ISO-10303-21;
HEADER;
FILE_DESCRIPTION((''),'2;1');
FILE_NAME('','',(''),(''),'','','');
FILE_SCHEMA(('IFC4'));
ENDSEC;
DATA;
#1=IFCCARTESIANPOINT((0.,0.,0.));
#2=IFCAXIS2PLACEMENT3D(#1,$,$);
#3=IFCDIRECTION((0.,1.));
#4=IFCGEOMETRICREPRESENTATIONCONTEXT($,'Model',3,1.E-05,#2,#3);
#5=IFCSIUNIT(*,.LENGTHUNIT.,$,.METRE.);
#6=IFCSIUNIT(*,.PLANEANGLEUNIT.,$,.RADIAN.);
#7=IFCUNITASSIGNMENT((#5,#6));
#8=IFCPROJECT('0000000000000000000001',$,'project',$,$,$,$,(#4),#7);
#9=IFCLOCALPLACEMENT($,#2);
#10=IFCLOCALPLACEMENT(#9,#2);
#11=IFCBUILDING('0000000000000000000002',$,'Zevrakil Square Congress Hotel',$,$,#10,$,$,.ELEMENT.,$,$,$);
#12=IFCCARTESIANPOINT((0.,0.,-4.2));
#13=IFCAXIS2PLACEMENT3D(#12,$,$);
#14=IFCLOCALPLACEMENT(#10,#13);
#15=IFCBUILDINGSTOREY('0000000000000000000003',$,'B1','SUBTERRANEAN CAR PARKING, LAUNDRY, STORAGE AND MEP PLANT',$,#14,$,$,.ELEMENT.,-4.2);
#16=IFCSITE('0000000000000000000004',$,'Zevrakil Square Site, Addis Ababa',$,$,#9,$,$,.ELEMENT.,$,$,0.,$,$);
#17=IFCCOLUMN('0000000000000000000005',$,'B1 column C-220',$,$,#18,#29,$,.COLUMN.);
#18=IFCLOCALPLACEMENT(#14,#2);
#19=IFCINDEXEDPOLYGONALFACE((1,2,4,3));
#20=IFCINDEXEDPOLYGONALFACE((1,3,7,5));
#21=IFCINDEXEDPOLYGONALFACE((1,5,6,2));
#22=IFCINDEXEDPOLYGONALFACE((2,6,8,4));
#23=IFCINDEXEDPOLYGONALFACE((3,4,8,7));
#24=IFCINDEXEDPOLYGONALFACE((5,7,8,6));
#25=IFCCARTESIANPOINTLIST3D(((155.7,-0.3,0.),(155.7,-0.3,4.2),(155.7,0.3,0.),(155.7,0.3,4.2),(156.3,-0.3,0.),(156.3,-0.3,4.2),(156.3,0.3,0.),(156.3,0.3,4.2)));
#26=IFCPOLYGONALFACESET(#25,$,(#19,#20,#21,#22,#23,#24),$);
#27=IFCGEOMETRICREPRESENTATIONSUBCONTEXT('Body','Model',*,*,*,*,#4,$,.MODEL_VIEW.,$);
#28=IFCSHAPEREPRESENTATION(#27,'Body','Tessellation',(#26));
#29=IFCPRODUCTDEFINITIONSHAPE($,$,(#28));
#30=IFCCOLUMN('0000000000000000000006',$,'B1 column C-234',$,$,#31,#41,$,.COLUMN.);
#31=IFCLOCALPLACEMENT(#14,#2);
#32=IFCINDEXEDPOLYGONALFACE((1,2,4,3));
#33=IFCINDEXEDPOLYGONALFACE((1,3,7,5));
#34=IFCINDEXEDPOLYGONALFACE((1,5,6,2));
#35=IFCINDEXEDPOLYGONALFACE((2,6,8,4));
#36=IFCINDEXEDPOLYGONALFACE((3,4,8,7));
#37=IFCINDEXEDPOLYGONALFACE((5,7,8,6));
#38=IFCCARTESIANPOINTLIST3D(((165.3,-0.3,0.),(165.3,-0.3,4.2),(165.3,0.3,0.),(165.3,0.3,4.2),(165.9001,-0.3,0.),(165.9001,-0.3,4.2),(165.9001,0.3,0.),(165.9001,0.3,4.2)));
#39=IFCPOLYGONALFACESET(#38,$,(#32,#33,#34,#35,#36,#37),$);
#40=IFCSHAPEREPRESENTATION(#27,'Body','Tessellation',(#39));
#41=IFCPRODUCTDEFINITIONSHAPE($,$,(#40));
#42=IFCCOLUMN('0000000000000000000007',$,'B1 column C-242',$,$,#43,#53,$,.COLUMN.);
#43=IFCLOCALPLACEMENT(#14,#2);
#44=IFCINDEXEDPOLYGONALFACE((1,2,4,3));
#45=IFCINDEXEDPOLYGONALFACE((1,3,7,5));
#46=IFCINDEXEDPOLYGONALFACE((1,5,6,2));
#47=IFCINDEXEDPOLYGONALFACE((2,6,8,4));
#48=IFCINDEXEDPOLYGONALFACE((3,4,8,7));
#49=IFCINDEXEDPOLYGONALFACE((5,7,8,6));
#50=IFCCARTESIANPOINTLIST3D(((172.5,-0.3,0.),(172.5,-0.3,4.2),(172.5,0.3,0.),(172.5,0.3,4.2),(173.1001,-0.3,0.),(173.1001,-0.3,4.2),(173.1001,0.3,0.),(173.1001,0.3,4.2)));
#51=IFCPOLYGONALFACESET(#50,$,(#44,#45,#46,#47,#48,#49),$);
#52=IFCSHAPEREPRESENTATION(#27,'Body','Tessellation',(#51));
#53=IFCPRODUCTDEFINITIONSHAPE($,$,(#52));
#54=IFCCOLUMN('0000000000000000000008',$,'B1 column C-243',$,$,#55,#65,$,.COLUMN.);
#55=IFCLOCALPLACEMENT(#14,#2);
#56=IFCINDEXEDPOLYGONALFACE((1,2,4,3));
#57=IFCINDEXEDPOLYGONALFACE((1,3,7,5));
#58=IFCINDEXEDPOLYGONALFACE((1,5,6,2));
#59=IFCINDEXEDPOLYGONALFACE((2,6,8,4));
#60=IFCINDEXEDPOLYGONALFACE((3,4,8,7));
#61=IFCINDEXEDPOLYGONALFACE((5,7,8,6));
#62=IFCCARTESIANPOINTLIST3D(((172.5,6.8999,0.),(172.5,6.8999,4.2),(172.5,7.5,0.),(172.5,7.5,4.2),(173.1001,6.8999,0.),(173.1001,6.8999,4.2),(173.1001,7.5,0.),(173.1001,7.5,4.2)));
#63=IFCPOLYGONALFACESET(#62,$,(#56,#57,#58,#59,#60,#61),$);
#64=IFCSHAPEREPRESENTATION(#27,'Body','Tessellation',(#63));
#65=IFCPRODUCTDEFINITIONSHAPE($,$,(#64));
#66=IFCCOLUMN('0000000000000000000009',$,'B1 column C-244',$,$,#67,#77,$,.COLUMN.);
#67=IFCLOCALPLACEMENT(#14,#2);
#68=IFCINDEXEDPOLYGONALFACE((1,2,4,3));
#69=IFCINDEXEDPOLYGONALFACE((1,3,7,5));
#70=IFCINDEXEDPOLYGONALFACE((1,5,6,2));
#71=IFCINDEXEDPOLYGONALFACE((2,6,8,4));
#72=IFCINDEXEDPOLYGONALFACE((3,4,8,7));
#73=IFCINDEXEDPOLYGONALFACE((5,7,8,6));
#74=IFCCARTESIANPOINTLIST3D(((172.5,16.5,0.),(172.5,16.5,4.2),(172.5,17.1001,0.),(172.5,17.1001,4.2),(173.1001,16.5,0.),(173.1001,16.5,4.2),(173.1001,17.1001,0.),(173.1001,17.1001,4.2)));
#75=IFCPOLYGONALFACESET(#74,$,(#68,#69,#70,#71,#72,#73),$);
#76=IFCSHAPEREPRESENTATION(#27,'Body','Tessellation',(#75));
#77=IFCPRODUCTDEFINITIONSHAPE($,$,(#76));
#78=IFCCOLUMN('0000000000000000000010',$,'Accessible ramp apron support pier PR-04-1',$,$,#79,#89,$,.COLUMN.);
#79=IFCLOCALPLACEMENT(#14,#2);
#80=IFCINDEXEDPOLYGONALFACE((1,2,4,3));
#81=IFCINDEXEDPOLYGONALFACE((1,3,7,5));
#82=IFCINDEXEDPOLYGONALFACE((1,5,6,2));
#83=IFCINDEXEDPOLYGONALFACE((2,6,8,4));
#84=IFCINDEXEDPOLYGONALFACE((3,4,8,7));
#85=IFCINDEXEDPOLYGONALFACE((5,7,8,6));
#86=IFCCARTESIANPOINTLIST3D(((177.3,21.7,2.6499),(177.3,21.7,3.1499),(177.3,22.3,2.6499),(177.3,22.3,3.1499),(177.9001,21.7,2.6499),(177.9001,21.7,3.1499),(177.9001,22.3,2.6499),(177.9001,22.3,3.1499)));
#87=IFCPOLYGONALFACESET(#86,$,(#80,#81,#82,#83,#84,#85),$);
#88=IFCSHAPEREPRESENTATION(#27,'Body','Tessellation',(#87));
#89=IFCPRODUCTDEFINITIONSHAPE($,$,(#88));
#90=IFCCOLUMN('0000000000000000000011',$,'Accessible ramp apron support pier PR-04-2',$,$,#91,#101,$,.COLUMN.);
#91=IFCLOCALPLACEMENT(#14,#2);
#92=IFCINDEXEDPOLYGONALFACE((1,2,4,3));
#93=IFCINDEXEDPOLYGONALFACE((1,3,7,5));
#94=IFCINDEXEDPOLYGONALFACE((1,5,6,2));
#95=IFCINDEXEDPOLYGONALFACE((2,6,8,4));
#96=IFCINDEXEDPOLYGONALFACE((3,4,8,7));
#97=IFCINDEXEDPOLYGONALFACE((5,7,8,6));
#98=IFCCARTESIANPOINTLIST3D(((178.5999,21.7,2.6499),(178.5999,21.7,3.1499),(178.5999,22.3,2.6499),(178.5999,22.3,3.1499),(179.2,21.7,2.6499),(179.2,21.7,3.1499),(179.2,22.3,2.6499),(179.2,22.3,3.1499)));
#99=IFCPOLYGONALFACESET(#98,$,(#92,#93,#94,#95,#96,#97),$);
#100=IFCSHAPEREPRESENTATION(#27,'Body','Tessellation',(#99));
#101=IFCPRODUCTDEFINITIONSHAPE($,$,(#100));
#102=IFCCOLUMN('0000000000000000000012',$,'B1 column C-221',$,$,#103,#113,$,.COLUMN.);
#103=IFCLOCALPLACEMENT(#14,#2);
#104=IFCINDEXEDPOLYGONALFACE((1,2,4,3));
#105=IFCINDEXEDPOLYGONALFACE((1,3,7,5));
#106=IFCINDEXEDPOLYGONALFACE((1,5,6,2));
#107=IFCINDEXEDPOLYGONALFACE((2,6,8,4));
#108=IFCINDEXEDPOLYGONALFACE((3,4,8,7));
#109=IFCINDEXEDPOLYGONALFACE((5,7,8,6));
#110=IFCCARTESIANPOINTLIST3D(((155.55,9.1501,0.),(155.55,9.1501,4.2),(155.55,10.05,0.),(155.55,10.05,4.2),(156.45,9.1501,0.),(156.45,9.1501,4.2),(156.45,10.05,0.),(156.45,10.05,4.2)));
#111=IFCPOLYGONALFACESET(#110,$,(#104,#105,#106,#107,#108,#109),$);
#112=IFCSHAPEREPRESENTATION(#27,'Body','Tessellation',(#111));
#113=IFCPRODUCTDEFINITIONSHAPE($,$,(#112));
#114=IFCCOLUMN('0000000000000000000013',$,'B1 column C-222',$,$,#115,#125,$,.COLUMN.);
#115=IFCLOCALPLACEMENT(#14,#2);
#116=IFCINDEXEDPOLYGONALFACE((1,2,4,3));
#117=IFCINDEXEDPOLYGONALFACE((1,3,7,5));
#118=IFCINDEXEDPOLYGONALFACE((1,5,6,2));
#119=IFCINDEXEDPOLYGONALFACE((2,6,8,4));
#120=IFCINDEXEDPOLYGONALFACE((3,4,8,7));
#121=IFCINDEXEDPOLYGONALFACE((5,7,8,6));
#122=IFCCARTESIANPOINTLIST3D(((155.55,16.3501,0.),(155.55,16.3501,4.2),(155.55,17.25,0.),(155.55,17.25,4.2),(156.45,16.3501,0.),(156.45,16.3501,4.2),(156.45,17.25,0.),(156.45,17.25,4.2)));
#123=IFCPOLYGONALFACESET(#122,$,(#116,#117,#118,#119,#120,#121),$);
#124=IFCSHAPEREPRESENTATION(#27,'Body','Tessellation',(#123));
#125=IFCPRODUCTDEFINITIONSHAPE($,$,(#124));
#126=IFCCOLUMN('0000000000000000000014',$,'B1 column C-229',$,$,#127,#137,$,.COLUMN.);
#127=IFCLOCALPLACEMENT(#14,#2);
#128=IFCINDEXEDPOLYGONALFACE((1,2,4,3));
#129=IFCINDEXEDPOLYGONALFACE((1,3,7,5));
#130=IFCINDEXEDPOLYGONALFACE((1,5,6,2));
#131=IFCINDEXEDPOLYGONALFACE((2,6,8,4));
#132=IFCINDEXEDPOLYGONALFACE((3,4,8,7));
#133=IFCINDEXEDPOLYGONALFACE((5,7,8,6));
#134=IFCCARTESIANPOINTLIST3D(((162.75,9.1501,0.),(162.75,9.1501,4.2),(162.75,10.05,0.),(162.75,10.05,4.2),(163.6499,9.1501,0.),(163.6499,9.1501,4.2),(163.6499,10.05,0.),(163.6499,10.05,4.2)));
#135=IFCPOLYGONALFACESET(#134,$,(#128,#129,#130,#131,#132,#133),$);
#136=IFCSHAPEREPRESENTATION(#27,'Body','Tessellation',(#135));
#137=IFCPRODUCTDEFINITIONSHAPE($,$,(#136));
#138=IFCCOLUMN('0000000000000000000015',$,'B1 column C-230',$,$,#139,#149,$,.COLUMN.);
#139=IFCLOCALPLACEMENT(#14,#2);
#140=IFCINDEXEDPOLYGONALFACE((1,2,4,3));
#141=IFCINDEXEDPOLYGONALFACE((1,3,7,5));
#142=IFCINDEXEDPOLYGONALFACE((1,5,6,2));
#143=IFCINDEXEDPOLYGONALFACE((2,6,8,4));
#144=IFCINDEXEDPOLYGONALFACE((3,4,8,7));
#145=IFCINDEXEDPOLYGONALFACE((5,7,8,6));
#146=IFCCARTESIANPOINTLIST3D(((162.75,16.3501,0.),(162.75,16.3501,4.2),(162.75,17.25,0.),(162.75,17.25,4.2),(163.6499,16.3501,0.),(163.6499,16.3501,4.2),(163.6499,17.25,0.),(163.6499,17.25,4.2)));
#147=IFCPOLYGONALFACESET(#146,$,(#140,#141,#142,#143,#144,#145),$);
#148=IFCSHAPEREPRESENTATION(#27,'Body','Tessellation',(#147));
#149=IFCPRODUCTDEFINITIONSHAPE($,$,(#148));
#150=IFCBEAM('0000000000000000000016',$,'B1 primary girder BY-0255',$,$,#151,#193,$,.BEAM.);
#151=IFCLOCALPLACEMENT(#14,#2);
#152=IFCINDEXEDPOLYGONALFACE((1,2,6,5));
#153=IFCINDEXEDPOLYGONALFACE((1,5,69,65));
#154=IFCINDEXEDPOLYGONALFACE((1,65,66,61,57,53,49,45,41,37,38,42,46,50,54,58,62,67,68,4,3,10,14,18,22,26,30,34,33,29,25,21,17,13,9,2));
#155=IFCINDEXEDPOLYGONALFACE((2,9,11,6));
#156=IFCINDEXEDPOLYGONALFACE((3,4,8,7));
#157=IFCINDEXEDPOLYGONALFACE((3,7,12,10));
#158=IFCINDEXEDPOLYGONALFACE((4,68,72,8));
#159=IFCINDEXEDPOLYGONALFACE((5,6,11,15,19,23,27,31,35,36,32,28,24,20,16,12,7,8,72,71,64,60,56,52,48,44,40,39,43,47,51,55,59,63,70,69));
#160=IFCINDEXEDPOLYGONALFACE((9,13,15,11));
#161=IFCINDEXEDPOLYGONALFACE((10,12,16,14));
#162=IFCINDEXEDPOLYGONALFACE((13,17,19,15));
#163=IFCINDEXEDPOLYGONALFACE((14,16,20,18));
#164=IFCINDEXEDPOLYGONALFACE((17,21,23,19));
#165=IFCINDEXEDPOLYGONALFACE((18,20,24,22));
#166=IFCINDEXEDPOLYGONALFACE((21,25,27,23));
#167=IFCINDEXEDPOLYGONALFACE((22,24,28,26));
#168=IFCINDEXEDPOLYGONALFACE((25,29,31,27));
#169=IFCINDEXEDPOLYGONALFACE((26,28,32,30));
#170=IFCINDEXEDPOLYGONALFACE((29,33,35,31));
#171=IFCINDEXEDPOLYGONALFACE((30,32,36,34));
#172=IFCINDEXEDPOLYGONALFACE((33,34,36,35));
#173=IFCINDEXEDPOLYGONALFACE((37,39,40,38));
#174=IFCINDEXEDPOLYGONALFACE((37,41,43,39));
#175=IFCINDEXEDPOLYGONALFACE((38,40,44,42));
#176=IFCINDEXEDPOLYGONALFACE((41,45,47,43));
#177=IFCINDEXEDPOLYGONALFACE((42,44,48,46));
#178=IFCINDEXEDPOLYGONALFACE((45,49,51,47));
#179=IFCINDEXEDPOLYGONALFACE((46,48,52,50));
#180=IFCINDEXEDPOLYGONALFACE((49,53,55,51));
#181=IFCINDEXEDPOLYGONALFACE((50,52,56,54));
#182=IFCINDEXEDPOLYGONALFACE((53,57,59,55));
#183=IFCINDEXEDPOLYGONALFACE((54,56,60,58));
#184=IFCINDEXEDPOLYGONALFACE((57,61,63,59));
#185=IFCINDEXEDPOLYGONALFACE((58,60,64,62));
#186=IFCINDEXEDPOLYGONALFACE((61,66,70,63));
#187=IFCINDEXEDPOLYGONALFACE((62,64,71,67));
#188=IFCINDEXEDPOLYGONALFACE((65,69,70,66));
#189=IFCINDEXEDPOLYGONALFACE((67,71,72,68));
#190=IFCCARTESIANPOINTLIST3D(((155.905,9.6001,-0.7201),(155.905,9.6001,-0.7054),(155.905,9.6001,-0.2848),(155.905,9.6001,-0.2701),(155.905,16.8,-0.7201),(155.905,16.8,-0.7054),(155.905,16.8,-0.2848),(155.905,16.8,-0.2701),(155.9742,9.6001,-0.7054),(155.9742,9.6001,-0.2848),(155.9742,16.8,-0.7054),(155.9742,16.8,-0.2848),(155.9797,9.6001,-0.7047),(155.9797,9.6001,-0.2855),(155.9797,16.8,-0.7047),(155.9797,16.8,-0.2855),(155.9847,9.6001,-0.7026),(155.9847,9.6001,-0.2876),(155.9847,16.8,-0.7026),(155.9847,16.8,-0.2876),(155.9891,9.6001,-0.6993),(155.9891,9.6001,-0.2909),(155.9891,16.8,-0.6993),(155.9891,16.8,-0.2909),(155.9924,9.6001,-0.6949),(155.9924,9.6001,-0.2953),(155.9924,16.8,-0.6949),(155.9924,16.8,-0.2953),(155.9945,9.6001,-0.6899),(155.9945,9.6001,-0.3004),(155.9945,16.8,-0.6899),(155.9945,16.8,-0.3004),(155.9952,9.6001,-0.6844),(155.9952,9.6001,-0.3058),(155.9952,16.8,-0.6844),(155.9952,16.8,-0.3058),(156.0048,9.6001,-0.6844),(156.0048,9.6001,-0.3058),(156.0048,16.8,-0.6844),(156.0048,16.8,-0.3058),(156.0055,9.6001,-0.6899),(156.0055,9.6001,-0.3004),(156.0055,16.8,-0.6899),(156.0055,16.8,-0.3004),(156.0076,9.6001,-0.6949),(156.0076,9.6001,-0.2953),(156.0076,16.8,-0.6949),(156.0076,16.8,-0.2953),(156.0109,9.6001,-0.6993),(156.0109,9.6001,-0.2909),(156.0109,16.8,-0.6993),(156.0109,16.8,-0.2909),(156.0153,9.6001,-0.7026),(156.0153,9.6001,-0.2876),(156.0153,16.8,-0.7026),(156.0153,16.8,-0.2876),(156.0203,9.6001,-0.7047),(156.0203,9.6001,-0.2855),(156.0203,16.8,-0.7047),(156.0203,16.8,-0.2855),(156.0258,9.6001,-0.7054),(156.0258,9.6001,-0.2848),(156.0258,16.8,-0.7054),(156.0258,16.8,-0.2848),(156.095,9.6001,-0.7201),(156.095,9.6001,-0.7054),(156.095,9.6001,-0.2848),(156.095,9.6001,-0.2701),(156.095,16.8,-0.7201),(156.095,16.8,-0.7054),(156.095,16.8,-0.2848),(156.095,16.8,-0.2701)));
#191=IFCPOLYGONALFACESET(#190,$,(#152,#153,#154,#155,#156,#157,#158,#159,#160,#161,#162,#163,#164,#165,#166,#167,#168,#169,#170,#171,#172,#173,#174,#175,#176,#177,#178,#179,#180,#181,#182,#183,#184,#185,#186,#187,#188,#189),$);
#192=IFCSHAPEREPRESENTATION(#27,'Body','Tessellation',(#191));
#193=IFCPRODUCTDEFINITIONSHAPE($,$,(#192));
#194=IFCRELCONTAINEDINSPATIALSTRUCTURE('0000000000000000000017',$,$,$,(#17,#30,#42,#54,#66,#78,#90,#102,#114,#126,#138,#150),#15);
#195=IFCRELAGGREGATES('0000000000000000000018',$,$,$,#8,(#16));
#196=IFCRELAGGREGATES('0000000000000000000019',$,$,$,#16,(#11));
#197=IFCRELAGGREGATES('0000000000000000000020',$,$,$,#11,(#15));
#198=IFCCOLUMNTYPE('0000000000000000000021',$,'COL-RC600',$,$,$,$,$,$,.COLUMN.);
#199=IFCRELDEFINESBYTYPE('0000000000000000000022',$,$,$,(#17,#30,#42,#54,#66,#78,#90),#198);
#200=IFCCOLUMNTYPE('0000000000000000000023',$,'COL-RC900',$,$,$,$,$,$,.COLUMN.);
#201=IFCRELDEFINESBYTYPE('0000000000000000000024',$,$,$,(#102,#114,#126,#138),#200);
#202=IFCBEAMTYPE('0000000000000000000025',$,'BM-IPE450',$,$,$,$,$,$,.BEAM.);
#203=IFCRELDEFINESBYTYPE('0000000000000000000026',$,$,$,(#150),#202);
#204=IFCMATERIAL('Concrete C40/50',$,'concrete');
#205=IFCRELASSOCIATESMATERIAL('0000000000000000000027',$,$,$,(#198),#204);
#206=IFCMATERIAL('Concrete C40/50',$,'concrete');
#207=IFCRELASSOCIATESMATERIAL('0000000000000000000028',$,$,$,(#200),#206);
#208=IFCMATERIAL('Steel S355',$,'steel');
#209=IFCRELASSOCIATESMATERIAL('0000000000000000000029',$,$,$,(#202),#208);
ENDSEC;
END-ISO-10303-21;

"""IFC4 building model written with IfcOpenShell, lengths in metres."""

from ifc_helpers import new_model, si_unit, direction, frame, origin, origin_2d, place, context, subcontext, project, spatial, rectangle, i_section, extrude, material, material_profile, profile_set, type_object, element, save


model = new_model("IFC4")

# Units and contexts
model_context = context("Model", 3, precision=1e-05, world=origin(), true_north=direction((0.0, 1.0)))
body_context = subcontext(model_context, "Body", "Model", "MODEL_VIEW")
ifc_project = project(units=[si_unit("LENGTHUNIT", "METRE"), si_unit("PLANEANGLEUNIT", "RADIAN")], contexts=[model_context])

# Site, building, storey
site_placement = place(None, origin())
site = spatial("IfcSite", under=ifc_project, at=site_placement, Name="Zevrakil Square Site, Addis Ababa", CompositionType="ELEMENT", RefElevation=0.0)
building_placement = place(site_placement, origin())
building = spatial("IfcBuilding", under=site, at=building_placement, Name="Zevrakil Square Congress Hotel", CompositionType="ELEMENT")
storey_placement = place(building_placement, frame((0.0, 0.0, -4.2)))
storey = spatial("IfcBuildingStorey", under=building, at=storey_placement, Name="B1", Description="SUBTERRANEAN CAR PARKING, LAUNDRY, STORAGE AND MEP PLANT", CompositionType="ELEMENT", Elevation=-4.2)

# Columns
ifc_material_1 = material(Name="Concrete C40/50", Category="concrete")
ifc_material_profile_1 = material_profile(ifc_material_1, rectangle(XDim=0.6001, YDim=0.6001, at=origin_2d()), Name="RC 600x600")
ifc_profile_set_1 = profile_set([ifc_material_profile_1], Name="Concrete C40/50")
column_type_1 = type_object("IfcColumnType", Name="COL-RC600", PredefinedType="COLUMN", material=ifc_profile_set_1)
for number, where, z_axis, x_axis, name in (
    (1, (156.0, 0.0, 0.0), (0.0, 0.0, 1.0), (1.0, 0.0, 0.0), "B1 column C-220"),
    (2, (165.6001, 0.0, 0.0), (0.0, 0.0, 1.0), (1.0, 0.0, 0.0), "B1 column C-234"),
    (3, (172.8, 0.0, 0.0), (0.0, 0.0, 1.0), (1.0, 0.0, 0.0), "B1 column C-242"),
    (4, (172.8, 7.2, 0.0), (0.0, 0.0, 1.0), (1.0, 0.0, 0.0), "B1 column C-243"),
    (5, (172.8, 16.8, 0.0), (0.0, 0.0, 1.0), (1.0, 0.0, 0.0), "B1 column C-244"),
):
    element("IfcColumn", number, at=place(storey_placement, frame(where, z_axis=z_axis, x_axis=x_axis)), inside=storey, type_object=column_type_1, Name=name, PredefinedType="COLUMN", context=body_context, shape_type="SweptSolid", body=[
        extrude(rectangle(XDim=0.6001, YDim=0.6001, at=origin_2d()), origin(), (0.0, 0.0, 1.0), 4.2),
    ])
for number, where, z_axis, x_axis, name in (
    (6, (177.6001, 22.0, 2.6499), (0.0, 0.0, 1.0), (1.0, 0.0, 0.0), "Accessible ramp apron support pier PR-04-1"),
    (7, (178.8999, 22.0, 2.6499), (0.0, 0.0, 1.0), (1.0, 0.0, 0.0), "Accessible ramp apron support pier PR-04-2"),
):
    element("IfcColumn", number, at=place(storey_placement, frame(where, z_axis=z_axis, x_axis=x_axis)), inside=storey, type_object=column_type_1, Name=name, PredefinedType="COLUMN", context=body_context, shape_type="SweptSolid", body=[
        extrude(rectangle(XDim=0.6001, YDim=0.6001, at=origin_2d()), origin(), (0.0, 0.0, 1.0), 0.5),
    ])
ifc_material_2 = material(Name="Concrete C40/50", Category="concrete")
ifc_material_profile_2 = material_profile(ifc_material_2, rectangle(XDim=0.8999, YDim=0.8999, at=origin_2d()), Name="RC 900x900")
ifc_profile_set_2 = profile_set([ifc_material_profile_2], Name="Concrete C40/50")
column_type_2 = type_object("IfcColumnType", Name="COL-RC900", PredefinedType="COLUMN", material=ifc_profile_set_2)
for number, where, z_axis, x_axis, name in (
    (8, (156.0, 9.6001, 0.0), (0.0, 0.0, 1.0), (1.0, 0.0, 0.0), "B1 column C-221"),
    (9, (156.0, 16.8, 0.0), (0.0, 0.0, 1.0), (1.0, 0.0, 0.0), "B1 column C-222"),
    (10, (163.2, 9.6001, 0.0), (0.0, 0.0, 1.0), (1.0, 0.0, 0.0), "B1 column C-229"),
    (11, (163.2, 16.8, 0.0), (0.0, 0.0, 1.0), (1.0, 0.0, 0.0), "B1 column C-230"),
):
    element("IfcColumn", number, at=place(storey_placement, frame(where, z_axis=z_axis, x_axis=x_axis)), inside=storey, type_object=column_type_2, Name=name, PredefinedType="COLUMN", context=body_context, shape_type="SweptSolid", body=[
        extrude(rectangle(XDim=0.8999, YDim=0.8999, at=origin_2d()), origin(), (0.0, 0.0, 1.0), 4.2),
    ])

# Beam
ifc_material_3 = material(Name="Steel S355", Category="steel")
ifc_material_profile_3 = material_profile(ifc_material_3, i_section(OverallWidth=0.1899, OverallDepth=0.45, WebThickness=0.0095, FlangeThickness=0.0146, FilletRadius=0.021, at=origin_2d()), Name="IPE 450")
ifc_profile_set_3 = profile_set([ifc_material_profile_3], Name="Steel S355")
beam_type_1 = type_object("IfcBeamType", Name="BM-IPE450", PredefinedType="BEAM", material=ifc_profile_set_3)
beam_1_placement = place(storey_placement, frame((156.0, 9.6001, -0.4951), z_axis=(0.0, 1.0, 0.0), x_axis=(-1.0, 0.0, 0.0)))
element("IfcBeam", 12, at=beam_1_placement, inside=storey, type_object=beam_type_1, Name="B1 primary girder BY-0255", PredefinedType="BEAM", context=body_context, shape_type="SweptSolid", body=[
    extrude(i_section(OverallWidth=0.1899, OverallDepth=0.45, WebThickness=0.0095, FlangeThickness=0.0146, FilletRadius=0.021, at=origin_2d()), origin(), (0.0, 0.0, 1.0), 7.2),
])

save(model, "model.ifc")
